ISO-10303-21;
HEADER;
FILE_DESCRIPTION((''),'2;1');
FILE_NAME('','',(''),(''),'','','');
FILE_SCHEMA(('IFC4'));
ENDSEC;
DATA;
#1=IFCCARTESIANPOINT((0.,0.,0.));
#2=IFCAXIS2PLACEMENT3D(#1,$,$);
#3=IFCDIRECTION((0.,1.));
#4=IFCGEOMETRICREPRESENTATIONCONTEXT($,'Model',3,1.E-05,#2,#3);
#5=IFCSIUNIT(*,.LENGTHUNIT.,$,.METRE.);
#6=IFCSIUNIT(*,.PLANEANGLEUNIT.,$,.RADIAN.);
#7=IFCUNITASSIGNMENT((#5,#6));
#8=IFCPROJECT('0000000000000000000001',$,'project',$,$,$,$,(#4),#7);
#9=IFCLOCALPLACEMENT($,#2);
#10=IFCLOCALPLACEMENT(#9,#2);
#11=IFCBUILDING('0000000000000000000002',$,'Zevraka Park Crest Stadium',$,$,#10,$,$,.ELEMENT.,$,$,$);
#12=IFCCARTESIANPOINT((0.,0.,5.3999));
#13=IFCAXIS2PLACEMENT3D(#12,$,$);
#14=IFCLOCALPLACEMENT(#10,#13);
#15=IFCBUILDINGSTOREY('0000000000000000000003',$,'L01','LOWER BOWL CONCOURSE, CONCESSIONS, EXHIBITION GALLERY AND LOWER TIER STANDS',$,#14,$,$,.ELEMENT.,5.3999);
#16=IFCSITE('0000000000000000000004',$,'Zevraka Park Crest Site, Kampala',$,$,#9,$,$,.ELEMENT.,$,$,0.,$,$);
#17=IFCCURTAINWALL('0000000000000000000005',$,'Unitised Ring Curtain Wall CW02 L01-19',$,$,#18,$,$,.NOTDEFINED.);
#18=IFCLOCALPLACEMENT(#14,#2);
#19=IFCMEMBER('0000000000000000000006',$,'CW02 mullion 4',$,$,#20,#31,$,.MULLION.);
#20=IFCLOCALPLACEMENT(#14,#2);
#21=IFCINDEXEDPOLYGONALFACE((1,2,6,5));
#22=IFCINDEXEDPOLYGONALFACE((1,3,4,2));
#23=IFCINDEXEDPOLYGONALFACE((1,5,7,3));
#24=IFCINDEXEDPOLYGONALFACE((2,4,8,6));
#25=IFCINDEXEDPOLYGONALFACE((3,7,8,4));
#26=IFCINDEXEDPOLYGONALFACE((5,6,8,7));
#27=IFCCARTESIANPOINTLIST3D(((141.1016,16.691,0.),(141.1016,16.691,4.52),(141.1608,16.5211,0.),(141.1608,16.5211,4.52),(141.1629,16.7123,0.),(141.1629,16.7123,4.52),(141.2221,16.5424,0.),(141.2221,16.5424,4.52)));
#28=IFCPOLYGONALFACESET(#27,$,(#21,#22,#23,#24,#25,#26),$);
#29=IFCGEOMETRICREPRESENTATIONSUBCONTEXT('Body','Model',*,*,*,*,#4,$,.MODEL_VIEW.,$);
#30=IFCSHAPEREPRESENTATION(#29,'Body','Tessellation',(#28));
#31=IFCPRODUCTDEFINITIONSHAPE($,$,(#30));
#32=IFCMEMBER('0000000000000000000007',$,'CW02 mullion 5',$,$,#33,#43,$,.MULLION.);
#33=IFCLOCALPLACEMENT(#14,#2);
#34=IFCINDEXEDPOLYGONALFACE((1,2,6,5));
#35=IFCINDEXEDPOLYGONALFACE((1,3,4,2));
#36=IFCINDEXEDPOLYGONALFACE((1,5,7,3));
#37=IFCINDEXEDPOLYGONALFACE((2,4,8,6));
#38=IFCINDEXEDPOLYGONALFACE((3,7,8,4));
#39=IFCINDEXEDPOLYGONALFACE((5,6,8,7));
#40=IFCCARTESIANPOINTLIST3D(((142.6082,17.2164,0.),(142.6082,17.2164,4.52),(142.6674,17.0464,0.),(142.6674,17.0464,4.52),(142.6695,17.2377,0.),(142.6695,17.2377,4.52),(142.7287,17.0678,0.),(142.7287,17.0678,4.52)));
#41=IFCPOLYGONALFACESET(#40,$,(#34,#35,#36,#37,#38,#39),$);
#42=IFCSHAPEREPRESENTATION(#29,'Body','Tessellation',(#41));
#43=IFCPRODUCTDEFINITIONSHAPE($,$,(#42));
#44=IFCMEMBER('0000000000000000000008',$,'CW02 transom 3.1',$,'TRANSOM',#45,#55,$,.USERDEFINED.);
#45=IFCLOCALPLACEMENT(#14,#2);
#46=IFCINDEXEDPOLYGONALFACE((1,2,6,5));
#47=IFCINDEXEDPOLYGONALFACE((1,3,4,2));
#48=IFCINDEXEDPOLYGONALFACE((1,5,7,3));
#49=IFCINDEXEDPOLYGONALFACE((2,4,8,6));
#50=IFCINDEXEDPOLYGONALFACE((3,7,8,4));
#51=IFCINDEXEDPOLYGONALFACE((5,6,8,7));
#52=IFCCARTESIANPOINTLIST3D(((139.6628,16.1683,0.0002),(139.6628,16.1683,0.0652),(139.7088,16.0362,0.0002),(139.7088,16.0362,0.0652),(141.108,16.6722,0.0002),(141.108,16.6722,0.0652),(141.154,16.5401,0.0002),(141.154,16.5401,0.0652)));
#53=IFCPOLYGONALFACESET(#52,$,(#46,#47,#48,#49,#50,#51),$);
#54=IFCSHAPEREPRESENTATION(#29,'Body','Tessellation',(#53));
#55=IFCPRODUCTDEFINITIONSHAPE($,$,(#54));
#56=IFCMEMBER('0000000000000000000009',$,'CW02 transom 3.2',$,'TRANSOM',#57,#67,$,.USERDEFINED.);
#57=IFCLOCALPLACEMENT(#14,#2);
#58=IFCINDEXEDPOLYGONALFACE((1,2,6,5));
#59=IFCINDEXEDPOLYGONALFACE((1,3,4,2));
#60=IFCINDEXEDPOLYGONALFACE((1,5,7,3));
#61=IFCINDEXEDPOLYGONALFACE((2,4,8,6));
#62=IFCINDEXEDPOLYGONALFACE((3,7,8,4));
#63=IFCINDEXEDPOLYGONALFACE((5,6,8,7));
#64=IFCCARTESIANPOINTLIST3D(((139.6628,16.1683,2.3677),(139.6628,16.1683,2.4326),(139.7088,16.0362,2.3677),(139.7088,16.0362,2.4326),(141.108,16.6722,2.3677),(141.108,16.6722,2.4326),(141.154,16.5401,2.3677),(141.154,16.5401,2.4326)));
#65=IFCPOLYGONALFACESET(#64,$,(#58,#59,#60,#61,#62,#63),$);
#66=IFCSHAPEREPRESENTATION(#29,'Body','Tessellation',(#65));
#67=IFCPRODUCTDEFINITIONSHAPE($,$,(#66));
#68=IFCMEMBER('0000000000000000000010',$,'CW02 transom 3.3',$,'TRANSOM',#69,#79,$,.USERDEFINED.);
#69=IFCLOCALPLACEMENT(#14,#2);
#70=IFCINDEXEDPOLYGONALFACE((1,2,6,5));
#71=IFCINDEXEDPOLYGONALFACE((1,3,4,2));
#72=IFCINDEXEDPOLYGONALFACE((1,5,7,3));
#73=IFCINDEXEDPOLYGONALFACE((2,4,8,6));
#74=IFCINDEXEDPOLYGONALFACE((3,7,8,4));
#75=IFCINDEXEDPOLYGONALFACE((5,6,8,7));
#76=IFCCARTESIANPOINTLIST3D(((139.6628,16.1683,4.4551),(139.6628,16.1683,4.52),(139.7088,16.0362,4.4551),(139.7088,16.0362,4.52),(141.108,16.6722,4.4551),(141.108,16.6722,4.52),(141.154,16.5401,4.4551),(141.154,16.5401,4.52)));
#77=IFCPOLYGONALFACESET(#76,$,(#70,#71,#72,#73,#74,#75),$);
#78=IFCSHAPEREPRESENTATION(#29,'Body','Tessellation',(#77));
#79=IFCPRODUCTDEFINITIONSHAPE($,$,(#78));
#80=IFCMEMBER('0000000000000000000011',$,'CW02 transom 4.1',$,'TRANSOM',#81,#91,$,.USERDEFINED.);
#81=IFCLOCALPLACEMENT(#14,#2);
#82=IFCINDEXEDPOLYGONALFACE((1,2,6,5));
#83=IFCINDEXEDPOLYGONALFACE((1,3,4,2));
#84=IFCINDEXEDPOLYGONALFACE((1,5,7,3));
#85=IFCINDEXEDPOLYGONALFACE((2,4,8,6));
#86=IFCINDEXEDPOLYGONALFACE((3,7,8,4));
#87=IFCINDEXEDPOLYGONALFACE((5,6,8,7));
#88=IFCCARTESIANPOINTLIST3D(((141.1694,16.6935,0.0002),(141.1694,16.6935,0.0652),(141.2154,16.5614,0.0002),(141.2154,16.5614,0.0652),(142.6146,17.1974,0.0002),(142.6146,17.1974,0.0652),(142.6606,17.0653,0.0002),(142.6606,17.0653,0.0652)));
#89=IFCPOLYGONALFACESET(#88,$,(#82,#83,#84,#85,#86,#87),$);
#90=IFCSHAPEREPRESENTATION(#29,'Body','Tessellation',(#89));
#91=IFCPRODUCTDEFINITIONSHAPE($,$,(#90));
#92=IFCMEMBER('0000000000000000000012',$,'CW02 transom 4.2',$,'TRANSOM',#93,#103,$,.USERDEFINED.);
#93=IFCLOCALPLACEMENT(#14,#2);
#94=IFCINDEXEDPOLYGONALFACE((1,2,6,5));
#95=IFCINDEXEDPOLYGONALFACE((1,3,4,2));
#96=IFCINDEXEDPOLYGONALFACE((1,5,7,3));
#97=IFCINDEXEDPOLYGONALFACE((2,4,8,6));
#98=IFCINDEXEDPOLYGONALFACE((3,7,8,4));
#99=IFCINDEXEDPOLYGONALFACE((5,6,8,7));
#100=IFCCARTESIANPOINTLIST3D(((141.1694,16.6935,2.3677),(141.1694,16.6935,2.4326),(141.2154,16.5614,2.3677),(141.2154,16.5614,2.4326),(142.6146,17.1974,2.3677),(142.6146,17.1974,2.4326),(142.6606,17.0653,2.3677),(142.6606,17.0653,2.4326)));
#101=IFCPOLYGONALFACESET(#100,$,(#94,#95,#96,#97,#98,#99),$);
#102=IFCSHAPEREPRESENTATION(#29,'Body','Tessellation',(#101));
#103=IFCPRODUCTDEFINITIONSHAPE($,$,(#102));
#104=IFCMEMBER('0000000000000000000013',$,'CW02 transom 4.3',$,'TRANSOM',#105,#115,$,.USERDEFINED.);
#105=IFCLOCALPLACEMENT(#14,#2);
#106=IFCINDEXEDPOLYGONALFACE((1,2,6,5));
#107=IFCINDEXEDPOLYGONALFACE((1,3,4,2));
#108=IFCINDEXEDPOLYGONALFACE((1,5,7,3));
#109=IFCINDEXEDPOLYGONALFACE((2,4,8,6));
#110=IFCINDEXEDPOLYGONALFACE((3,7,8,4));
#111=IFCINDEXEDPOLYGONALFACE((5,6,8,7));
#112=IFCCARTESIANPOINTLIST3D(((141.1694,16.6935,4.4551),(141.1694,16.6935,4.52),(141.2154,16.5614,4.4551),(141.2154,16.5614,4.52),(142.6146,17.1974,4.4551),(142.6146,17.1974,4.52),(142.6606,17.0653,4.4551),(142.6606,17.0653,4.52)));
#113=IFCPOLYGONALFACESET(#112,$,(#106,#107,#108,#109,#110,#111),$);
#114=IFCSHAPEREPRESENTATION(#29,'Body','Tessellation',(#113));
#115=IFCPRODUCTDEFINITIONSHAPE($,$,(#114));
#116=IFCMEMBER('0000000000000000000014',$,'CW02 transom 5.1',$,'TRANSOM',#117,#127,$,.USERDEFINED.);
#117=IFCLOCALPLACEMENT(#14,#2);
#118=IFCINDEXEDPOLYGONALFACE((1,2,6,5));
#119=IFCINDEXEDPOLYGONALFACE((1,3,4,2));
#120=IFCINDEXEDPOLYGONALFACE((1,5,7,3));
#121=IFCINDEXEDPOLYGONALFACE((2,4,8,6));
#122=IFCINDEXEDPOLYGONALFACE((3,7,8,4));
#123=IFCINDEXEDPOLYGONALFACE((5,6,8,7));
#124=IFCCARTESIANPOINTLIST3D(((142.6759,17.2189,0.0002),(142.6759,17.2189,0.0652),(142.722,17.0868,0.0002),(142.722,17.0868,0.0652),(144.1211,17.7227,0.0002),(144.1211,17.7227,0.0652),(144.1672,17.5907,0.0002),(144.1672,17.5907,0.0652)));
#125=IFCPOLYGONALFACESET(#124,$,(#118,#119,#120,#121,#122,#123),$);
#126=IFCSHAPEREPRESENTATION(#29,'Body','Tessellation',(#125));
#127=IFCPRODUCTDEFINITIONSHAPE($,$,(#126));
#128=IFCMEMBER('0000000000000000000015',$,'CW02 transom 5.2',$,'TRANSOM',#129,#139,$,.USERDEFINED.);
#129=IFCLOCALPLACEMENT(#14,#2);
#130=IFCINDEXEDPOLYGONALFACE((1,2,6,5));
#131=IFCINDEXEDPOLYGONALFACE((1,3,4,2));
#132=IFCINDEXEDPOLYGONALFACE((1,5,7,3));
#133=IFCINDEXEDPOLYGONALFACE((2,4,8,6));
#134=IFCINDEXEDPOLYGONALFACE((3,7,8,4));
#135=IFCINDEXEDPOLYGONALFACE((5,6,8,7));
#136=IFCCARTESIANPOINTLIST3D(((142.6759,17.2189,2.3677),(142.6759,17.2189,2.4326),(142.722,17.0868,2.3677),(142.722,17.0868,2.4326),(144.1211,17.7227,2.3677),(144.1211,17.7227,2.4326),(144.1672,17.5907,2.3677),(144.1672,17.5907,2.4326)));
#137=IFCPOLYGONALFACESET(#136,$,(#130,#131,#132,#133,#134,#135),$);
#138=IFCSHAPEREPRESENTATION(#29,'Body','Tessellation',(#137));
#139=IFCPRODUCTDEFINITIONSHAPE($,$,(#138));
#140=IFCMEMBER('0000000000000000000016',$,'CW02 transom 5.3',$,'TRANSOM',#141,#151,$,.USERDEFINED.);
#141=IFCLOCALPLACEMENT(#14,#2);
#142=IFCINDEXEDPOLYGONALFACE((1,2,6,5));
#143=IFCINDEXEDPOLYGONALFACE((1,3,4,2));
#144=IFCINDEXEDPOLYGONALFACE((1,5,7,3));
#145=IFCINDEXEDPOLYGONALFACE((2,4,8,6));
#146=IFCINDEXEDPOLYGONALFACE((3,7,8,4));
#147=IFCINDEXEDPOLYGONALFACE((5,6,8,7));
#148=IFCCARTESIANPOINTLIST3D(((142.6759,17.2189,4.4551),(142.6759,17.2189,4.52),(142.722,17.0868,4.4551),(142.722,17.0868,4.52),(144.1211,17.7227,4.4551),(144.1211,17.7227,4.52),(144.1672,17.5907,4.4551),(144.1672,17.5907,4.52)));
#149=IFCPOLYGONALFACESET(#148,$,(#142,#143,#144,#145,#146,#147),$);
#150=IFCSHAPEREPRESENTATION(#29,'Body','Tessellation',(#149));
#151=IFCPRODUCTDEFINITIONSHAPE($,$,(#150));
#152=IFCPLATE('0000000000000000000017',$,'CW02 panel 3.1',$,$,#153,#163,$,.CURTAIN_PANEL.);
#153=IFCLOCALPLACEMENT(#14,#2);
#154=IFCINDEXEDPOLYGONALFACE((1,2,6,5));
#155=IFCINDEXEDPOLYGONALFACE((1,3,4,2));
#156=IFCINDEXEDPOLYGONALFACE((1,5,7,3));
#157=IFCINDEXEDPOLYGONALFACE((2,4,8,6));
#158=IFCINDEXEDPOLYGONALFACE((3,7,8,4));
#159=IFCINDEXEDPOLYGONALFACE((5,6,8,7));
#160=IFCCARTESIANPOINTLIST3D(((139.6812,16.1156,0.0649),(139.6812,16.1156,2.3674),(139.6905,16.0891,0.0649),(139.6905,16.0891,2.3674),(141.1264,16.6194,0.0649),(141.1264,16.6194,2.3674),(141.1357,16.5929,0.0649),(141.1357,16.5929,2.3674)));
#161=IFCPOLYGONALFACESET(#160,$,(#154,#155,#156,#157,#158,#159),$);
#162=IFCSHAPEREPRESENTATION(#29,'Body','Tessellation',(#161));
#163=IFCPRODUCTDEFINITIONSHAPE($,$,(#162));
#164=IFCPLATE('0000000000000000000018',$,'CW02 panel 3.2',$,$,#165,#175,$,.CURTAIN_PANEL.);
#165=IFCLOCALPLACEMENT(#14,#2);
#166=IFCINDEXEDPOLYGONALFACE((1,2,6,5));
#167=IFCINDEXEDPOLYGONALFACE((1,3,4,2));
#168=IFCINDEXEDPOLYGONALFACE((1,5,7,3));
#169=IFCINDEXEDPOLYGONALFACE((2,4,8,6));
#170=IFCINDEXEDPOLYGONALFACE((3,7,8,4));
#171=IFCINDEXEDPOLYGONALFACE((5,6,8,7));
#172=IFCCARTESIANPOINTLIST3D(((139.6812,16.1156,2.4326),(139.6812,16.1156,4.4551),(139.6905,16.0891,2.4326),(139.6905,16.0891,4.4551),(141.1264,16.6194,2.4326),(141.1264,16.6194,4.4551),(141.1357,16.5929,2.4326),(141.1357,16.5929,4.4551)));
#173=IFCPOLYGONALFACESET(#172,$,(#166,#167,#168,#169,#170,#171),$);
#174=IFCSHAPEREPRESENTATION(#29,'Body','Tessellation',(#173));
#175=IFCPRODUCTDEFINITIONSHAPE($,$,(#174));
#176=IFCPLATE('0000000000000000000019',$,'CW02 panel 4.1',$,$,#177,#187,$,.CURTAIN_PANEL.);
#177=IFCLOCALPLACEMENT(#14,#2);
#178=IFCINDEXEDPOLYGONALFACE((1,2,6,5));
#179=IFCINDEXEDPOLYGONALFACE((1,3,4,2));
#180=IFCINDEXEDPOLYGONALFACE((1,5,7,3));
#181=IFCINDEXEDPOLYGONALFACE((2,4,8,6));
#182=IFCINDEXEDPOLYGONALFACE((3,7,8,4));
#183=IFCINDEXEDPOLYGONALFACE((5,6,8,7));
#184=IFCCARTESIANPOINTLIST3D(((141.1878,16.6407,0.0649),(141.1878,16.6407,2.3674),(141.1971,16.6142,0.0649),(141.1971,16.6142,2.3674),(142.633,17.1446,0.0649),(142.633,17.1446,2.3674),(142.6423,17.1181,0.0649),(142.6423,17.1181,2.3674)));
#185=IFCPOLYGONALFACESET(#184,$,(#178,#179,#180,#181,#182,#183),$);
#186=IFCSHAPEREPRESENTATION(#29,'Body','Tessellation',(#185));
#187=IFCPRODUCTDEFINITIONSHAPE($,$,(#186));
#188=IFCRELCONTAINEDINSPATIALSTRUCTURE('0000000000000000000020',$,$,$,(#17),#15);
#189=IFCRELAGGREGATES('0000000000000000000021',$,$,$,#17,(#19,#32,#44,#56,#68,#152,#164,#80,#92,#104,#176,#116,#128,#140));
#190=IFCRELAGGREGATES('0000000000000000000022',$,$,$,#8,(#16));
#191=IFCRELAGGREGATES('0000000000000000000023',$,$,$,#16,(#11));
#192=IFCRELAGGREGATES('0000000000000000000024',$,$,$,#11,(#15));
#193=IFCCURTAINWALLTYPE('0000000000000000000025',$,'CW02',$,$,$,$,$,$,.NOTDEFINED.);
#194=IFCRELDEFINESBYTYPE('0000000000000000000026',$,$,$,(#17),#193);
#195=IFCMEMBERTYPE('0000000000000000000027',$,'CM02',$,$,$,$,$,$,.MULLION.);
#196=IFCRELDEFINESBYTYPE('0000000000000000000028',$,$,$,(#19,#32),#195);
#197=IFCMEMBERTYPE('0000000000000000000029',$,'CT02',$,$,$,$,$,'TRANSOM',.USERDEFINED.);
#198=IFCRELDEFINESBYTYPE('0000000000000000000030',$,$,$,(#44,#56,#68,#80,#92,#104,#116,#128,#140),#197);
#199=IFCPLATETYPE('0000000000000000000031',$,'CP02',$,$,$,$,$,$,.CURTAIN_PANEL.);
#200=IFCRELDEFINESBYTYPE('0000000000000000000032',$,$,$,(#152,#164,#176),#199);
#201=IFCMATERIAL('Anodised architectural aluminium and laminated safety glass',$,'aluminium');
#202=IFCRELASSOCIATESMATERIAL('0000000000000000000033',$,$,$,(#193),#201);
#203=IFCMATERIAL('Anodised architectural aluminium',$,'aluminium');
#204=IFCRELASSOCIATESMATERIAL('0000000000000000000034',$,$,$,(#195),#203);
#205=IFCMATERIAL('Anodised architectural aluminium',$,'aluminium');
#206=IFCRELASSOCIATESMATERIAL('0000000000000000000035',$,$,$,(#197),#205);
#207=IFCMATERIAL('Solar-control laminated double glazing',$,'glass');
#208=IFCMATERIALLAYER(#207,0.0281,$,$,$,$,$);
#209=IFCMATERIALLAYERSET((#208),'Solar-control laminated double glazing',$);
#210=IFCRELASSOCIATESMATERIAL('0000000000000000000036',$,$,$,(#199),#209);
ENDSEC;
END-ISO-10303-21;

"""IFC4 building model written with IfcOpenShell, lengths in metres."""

from ifc_helpers import new_model, si_unit, direction, frame, origin, origin_2d, place, context, subcontext, project, spatial, rectangle, extrude, material, layer, layer_set, material_profile, profile_set, type_object, element, aggregate, save


model = new_model("IFC4")

# Units and contexts
model_context = context("Model", 3, precision=1e-05, world=origin(), true_north=direction((0.0, 1.0)))
body_context = subcontext(model_context, "Body", "Model", "MODEL_VIEW")
ifc_project = project(units=[si_unit("LENGTHUNIT", "METRE"), si_unit("PLANEANGLEUNIT", "RADIAN")], contexts=[model_context])

# Site, building, storey
site_placement = place(None, origin())
site = spatial("IfcSite", under=ifc_project, at=site_placement, Name="Zevraka Park Crest Site, Kampala", CompositionType="ELEMENT", RefElevation=0.0)
building_placement = place(site_placement, origin())
building = spatial("IfcBuilding", under=site, at=building_placement, Name="Zevraka Park Crest Stadium", CompositionType="ELEMENT")
storey_placement = place(building_placement, frame((0.0, 0.0, 5.3999)))
storey = spatial("IfcBuildingStorey", under=building, at=storey_placement, Name="L01", Description="LOWER BOWL CONCOURSE, CONCESSIONS, EXHIBITION GALLERY AND LOWER TIER STANDS", CompositionType="ELEMENT", Elevation=5.3999)

# Curtain wall, members, plates
ifc_material_1 = material(Name="Anodised architectural aluminium and laminated safety glass", Category="aluminium")
curtain_wall_type = type_object("IfcCurtainWallType", Name="CW02", PredefinedType="NOTDEFINED", material=ifc_material_1)
curtain_wall_placement = place(storey_placement, origin())
curtain_wall = element("IfcCurtainWall", 1, at=curtain_wall_placement, inside=storey, type_object=curtain_wall_type, Name="Unitised Ring Curtain Wall CW02 L01-19", PredefinedType="NOTDEFINED")
ifc_material_2 = material(Name="Anodised architectural aluminium", Category="aluminium")
ifc_material_profile_1 = material_profile(ifc_material_2, rectangle(XDim=0.1799, YDim=0.0649, at=origin_2d()), Name="ALU MULLION 180x65")
ifc_profile_set_1 = profile_set([ifc_material_profile_1], Name="Anodised architectural aluminium")
member_type_1 = type_object("IfcMemberType", Name="CM02", PredefinedType="MULLION", material=ifc_profile_set_1)
member_1_placement = place(storey_placement, frame((141.1619, 16.6167, 0.0), z_axis=(0.0, 0.0, 1.0), x_axis=(-0.329209, 0.944257, 0.0)))
member_1 = element("IfcMember", 2, at=member_1_placement, type_object=member_type_1, Name="CW02 mullion 4", PredefinedType="MULLION", context=body_context, shape_type="SweptSolid", body=[
    extrude(rectangle(XDim=0.1799, YDim=0.0649, at=origin_2d()), origin(), (0.0, 0.0, 1.0), 4.52),
])
member_2_placement = place(storey_placement, frame((142.6685, 17.1421, 0.0), z_axis=(0.0, 0.0, 1.0), x_axis=(-0.329209, 0.944257, 0.0)))
member_2 = element("IfcMember", 3, at=member_2_placement, type_object=member_type_1, Name="CW02 mullion 5", PredefinedType="MULLION", context=body_context, shape_type="SweptSolid", body=[
    extrude(rectangle(XDim=0.1799, YDim=0.0649, at=origin_2d()), origin(), (0.0, 0.0, 1.0), 4.52),
])
ifc_material_3 = material(Name="Anodised architectural aluminium", Category="aluminium")
ifc_material_profile_2 = material_profile(ifc_material_3, rectangle(XDim=0.1399, YDim=0.0649, at=origin_2d()), Name="ALU TRANSOM 140x65")
ifc_profile_set_2 = profile_set([ifc_material_profile_2], Name="Anodised architectural aluminium")
member_type_2 = type_object("IfcMemberType", Name="CT02", ElementType="TRANSOM", PredefinedType="USERDEFINED", material=ifc_profile_set_2)
member_3_placement = place(storey_placement, frame((139.6858, 16.1023, 0.0327), z_axis=(0.944256, 0.329213, 0.0), x_axis=(-0.329213, 0.944256, 0.0)))
member_3 = element("IfcMember", 4, at=member_3_placement, type_object=member_type_2, Name="CW02 transom 3.1", ObjectType="TRANSOM", PredefinedType="USERDEFINED", context=body_context, shape_type="SweptSolid", body=[
    extrude(rectangle(XDim=0.1399, YDim=0.0649, at=origin_2d()), origin(), (0.0, 0.0, 1.0), 1.5305),
])
member_4_placement = place(storey_placement, frame((139.6858, 16.1023, 2.4001), z_axis=(0.944256, 0.329213, 0.0), x_axis=(-0.329213, 0.944256, 0.0)))
member_4 = element("IfcMember", 5, at=member_4_placement, type_object=member_type_2, Name="CW02 transom 3.2", ObjectType="TRANSOM", PredefinedType="USERDEFINED", context=body_context, shape_type="SweptSolid", body=[
    extrude(rectangle(XDim=0.1399, YDim=0.0649, at=origin_2d()), origin(), (0.0, 0.0, 1.0), 1.5305),
])
member_5_placement = place(storey_placement, frame((139.6858, 16.1023, 4.4875), z_axis=(0.944256, 0.329213, 0.0), x_axis=(-0.329213, 0.944256, 0.0)))
member_5 = element("IfcMember", 6, at=member_5_placement, type_object=member_type_2, Name="CW02 transom 3.3", ObjectType="TRANSOM", PredefinedType="USERDEFINED", context=body_context, shape_type="SweptSolid", body=[
    extrude(rectangle(XDim=0.1399, YDim=0.0649, at=origin_2d()), origin(), (0.0, 0.0, 1.0), 1.5305),
])
member_6_placement = place(storey_placement, frame((141.1924, 16.6274, 0.0327), z_axis=(0.944256, 0.329213, 0.0), x_axis=(-0.329213, 0.944256, 0.0)))
member_6 = element("IfcMember", 7, at=member_6_placement, type_object=member_type_2, Name="CW02 transom 4.1", ObjectType="TRANSOM", PredefinedType="USERDEFINED", context=body_context, shape_type="SweptSolid", body=[
    extrude(rectangle(XDim=0.1399, YDim=0.0649, at=origin_2d()), origin(), (0.0, 0.0, 1.0), 1.5305),
])
member_7_placement = place(storey_placement, frame((141.1924, 16.6274, 2.4001), z_axis=(0.944256, 0.329213, 0.0), x_axis=(-0.329213, 0.944256, 0.0)))
member_7 = element("IfcMember", 8, at=member_7_placement, type_object=member_type_2, Name="CW02 transom 4.2", ObjectType="TRANSOM", PredefinedType="USERDEFINED", context=body_context, shape_type="SweptSolid", body=[
    extrude(rectangle(XDim=0.1399, YDim=0.0649, at=origin_2d()), origin(), (0.0, 0.0, 1.0), 1.5305),
])
member_8_placement = place(storey_placement, frame((141.1924, 16.6274, 4.4875), z_axis=(0.944256, 0.329213, 0.0), x_axis=(-0.329213, 0.944256, 0.0)))
member_8 = element("IfcMember", 9, at=member_8_placement, type_object=member_type_2, Name="CW02 transom 4.3", ObjectType="TRANSOM", PredefinedType="USERDEFINED", context=body_context, shape_type="SweptSolid", body=[
    extrude(rectangle(XDim=0.1399, YDim=0.0649, at=origin_2d()), origin(), (0.0, 0.0, 1.0), 1.5305),
])
member_9_placement = place(storey_placement, frame((142.699, 17.1528, 0.0327), z_axis=(0.944256, 0.329213, 0.0), x_axis=(-0.329213, 0.944256, 0.0)))
member_9 = element("IfcMember", 10, at=member_9_placement, type_object=member_type_2, Name="CW02 transom 5.1", ObjectType="TRANSOM", PredefinedType="USERDEFINED", context=body_context, shape_type="SweptSolid", body=[
    extrude(rectangle(XDim=0.1399, YDim=0.0649, at=origin_2d()), origin(), (0.0, 0.0, 1.0), 1.5305),
])
member_10_placement = place(storey_placement, frame((142.699, 17.1528, 2.4001), z_axis=(0.944256, 0.329213, 0.0), x_axis=(-0.329213, 0.944256, 0.0)))
member_10 = element("IfcMember", 11, at=member_10_placement, type_object=member_type_2, Name="CW02 transom 5.2", ObjectType="TRANSOM", PredefinedType="USERDEFINED", context=body_context, shape_type="SweptSolid", body=[
    extrude(rectangle(XDim=0.1399, YDim=0.0649, at=origin_2d()), origin(), (0.0, 0.0, 1.0), 1.5305),
])
member_11_placement = place(storey_placement, frame((142.699, 17.1528, 4.4875), z_axis=(0.944256, 0.329213, 0.0), x_axis=(-0.329213, 0.944256, 0.0)))
member_11 = element("IfcMember", 12, at=member_11_placement, type_object=member_type_2, Name="CW02 transom 5.3", ObjectType="TRANSOM", PredefinedType="USERDEFINED", context=body_context, shape_type="SweptSolid", body=[
    extrude(rectangle(XDim=0.1399, YDim=0.0649, at=origin_2d()), origin(), (0.0, 0.0, 1.0), 1.5305),
])
ifc_material_4 = material(Name="Solar-control laminated double glazing", Category="glass")
ifc_layer_1 = layer(ifc_material_4, 0.0281)
ifc_layer_set_1 = layer_set([ifc_layer_1], Name="Solar-control laminated double glazing")
plate_type = type_object("IfcPlateType", Name="CP02", PredefinedType="CURTAIN_PANEL", material=ifc_layer_set_1)
plate_1_placement = place(storey_placement, frame((140.4084, 16.3542, 0.0649), z_axis=(0.0, 0.0, 1.0), x_axis=(0.944257, 0.329209, 0.0)))
plate_1 = element("IfcPlate", 13, at=plate_1_placement, type_object=plate_type, Name="CW02 panel 3.1", PredefinedType="CURTAIN_PANEL", context=body_context, shape_type="SweptSolid", body=[
    extrude(rectangle(XDim=1.5305, YDim=0.0281, at=origin_2d()), origin(), (0.0, 0.0, 1.0), 2.3025),
])
plate_2_placement = place(storey_placement, frame((140.4084, 16.3542, 2.4326), z_axis=(0.0, 0.0, 1.0), x_axis=(0.944257, 0.329209, 0.0)))
plate_2 = element("IfcPlate", 14, at=plate_2_placement, type_object=plate_type, Name="CW02 panel 3.2", PredefinedType="CURTAIN_PANEL", context=body_context, shape_type="SweptSolid", body=[
    extrude(rectangle(XDim=1.5305, YDim=0.0281, at=origin_2d()), origin(), (0.0, 0.0, 1.0), 2.0225),
])
plate_3_placement = place(storey_placement, frame((141.915, 16.8794, 0.0649), z_axis=(0.0, 0.0, 1.0), x_axis=(0.944257, 0.329209, 0.0)))
plate_3 = element("IfcPlate", 15, at=plate_3_placement, type_object=plate_type, Name="CW02 panel 4.1", PredefinedType="CURTAIN_PANEL", context=body_context, shape_type="SweptSolid", body=[
    extrude(rectangle(XDim=1.5305, YDim=0.0281, at=origin_2d()), origin(), (0.0, 0.0, 1.0), 2.3025),
])
aggregate(curtain_wall, [member_1, member_2, member_3, member_4, member_5, plate_1, plate_2, member_6, member_7, member_8, plate_3, member_9, member_10, member_11])

save(model, "model.ifc")
